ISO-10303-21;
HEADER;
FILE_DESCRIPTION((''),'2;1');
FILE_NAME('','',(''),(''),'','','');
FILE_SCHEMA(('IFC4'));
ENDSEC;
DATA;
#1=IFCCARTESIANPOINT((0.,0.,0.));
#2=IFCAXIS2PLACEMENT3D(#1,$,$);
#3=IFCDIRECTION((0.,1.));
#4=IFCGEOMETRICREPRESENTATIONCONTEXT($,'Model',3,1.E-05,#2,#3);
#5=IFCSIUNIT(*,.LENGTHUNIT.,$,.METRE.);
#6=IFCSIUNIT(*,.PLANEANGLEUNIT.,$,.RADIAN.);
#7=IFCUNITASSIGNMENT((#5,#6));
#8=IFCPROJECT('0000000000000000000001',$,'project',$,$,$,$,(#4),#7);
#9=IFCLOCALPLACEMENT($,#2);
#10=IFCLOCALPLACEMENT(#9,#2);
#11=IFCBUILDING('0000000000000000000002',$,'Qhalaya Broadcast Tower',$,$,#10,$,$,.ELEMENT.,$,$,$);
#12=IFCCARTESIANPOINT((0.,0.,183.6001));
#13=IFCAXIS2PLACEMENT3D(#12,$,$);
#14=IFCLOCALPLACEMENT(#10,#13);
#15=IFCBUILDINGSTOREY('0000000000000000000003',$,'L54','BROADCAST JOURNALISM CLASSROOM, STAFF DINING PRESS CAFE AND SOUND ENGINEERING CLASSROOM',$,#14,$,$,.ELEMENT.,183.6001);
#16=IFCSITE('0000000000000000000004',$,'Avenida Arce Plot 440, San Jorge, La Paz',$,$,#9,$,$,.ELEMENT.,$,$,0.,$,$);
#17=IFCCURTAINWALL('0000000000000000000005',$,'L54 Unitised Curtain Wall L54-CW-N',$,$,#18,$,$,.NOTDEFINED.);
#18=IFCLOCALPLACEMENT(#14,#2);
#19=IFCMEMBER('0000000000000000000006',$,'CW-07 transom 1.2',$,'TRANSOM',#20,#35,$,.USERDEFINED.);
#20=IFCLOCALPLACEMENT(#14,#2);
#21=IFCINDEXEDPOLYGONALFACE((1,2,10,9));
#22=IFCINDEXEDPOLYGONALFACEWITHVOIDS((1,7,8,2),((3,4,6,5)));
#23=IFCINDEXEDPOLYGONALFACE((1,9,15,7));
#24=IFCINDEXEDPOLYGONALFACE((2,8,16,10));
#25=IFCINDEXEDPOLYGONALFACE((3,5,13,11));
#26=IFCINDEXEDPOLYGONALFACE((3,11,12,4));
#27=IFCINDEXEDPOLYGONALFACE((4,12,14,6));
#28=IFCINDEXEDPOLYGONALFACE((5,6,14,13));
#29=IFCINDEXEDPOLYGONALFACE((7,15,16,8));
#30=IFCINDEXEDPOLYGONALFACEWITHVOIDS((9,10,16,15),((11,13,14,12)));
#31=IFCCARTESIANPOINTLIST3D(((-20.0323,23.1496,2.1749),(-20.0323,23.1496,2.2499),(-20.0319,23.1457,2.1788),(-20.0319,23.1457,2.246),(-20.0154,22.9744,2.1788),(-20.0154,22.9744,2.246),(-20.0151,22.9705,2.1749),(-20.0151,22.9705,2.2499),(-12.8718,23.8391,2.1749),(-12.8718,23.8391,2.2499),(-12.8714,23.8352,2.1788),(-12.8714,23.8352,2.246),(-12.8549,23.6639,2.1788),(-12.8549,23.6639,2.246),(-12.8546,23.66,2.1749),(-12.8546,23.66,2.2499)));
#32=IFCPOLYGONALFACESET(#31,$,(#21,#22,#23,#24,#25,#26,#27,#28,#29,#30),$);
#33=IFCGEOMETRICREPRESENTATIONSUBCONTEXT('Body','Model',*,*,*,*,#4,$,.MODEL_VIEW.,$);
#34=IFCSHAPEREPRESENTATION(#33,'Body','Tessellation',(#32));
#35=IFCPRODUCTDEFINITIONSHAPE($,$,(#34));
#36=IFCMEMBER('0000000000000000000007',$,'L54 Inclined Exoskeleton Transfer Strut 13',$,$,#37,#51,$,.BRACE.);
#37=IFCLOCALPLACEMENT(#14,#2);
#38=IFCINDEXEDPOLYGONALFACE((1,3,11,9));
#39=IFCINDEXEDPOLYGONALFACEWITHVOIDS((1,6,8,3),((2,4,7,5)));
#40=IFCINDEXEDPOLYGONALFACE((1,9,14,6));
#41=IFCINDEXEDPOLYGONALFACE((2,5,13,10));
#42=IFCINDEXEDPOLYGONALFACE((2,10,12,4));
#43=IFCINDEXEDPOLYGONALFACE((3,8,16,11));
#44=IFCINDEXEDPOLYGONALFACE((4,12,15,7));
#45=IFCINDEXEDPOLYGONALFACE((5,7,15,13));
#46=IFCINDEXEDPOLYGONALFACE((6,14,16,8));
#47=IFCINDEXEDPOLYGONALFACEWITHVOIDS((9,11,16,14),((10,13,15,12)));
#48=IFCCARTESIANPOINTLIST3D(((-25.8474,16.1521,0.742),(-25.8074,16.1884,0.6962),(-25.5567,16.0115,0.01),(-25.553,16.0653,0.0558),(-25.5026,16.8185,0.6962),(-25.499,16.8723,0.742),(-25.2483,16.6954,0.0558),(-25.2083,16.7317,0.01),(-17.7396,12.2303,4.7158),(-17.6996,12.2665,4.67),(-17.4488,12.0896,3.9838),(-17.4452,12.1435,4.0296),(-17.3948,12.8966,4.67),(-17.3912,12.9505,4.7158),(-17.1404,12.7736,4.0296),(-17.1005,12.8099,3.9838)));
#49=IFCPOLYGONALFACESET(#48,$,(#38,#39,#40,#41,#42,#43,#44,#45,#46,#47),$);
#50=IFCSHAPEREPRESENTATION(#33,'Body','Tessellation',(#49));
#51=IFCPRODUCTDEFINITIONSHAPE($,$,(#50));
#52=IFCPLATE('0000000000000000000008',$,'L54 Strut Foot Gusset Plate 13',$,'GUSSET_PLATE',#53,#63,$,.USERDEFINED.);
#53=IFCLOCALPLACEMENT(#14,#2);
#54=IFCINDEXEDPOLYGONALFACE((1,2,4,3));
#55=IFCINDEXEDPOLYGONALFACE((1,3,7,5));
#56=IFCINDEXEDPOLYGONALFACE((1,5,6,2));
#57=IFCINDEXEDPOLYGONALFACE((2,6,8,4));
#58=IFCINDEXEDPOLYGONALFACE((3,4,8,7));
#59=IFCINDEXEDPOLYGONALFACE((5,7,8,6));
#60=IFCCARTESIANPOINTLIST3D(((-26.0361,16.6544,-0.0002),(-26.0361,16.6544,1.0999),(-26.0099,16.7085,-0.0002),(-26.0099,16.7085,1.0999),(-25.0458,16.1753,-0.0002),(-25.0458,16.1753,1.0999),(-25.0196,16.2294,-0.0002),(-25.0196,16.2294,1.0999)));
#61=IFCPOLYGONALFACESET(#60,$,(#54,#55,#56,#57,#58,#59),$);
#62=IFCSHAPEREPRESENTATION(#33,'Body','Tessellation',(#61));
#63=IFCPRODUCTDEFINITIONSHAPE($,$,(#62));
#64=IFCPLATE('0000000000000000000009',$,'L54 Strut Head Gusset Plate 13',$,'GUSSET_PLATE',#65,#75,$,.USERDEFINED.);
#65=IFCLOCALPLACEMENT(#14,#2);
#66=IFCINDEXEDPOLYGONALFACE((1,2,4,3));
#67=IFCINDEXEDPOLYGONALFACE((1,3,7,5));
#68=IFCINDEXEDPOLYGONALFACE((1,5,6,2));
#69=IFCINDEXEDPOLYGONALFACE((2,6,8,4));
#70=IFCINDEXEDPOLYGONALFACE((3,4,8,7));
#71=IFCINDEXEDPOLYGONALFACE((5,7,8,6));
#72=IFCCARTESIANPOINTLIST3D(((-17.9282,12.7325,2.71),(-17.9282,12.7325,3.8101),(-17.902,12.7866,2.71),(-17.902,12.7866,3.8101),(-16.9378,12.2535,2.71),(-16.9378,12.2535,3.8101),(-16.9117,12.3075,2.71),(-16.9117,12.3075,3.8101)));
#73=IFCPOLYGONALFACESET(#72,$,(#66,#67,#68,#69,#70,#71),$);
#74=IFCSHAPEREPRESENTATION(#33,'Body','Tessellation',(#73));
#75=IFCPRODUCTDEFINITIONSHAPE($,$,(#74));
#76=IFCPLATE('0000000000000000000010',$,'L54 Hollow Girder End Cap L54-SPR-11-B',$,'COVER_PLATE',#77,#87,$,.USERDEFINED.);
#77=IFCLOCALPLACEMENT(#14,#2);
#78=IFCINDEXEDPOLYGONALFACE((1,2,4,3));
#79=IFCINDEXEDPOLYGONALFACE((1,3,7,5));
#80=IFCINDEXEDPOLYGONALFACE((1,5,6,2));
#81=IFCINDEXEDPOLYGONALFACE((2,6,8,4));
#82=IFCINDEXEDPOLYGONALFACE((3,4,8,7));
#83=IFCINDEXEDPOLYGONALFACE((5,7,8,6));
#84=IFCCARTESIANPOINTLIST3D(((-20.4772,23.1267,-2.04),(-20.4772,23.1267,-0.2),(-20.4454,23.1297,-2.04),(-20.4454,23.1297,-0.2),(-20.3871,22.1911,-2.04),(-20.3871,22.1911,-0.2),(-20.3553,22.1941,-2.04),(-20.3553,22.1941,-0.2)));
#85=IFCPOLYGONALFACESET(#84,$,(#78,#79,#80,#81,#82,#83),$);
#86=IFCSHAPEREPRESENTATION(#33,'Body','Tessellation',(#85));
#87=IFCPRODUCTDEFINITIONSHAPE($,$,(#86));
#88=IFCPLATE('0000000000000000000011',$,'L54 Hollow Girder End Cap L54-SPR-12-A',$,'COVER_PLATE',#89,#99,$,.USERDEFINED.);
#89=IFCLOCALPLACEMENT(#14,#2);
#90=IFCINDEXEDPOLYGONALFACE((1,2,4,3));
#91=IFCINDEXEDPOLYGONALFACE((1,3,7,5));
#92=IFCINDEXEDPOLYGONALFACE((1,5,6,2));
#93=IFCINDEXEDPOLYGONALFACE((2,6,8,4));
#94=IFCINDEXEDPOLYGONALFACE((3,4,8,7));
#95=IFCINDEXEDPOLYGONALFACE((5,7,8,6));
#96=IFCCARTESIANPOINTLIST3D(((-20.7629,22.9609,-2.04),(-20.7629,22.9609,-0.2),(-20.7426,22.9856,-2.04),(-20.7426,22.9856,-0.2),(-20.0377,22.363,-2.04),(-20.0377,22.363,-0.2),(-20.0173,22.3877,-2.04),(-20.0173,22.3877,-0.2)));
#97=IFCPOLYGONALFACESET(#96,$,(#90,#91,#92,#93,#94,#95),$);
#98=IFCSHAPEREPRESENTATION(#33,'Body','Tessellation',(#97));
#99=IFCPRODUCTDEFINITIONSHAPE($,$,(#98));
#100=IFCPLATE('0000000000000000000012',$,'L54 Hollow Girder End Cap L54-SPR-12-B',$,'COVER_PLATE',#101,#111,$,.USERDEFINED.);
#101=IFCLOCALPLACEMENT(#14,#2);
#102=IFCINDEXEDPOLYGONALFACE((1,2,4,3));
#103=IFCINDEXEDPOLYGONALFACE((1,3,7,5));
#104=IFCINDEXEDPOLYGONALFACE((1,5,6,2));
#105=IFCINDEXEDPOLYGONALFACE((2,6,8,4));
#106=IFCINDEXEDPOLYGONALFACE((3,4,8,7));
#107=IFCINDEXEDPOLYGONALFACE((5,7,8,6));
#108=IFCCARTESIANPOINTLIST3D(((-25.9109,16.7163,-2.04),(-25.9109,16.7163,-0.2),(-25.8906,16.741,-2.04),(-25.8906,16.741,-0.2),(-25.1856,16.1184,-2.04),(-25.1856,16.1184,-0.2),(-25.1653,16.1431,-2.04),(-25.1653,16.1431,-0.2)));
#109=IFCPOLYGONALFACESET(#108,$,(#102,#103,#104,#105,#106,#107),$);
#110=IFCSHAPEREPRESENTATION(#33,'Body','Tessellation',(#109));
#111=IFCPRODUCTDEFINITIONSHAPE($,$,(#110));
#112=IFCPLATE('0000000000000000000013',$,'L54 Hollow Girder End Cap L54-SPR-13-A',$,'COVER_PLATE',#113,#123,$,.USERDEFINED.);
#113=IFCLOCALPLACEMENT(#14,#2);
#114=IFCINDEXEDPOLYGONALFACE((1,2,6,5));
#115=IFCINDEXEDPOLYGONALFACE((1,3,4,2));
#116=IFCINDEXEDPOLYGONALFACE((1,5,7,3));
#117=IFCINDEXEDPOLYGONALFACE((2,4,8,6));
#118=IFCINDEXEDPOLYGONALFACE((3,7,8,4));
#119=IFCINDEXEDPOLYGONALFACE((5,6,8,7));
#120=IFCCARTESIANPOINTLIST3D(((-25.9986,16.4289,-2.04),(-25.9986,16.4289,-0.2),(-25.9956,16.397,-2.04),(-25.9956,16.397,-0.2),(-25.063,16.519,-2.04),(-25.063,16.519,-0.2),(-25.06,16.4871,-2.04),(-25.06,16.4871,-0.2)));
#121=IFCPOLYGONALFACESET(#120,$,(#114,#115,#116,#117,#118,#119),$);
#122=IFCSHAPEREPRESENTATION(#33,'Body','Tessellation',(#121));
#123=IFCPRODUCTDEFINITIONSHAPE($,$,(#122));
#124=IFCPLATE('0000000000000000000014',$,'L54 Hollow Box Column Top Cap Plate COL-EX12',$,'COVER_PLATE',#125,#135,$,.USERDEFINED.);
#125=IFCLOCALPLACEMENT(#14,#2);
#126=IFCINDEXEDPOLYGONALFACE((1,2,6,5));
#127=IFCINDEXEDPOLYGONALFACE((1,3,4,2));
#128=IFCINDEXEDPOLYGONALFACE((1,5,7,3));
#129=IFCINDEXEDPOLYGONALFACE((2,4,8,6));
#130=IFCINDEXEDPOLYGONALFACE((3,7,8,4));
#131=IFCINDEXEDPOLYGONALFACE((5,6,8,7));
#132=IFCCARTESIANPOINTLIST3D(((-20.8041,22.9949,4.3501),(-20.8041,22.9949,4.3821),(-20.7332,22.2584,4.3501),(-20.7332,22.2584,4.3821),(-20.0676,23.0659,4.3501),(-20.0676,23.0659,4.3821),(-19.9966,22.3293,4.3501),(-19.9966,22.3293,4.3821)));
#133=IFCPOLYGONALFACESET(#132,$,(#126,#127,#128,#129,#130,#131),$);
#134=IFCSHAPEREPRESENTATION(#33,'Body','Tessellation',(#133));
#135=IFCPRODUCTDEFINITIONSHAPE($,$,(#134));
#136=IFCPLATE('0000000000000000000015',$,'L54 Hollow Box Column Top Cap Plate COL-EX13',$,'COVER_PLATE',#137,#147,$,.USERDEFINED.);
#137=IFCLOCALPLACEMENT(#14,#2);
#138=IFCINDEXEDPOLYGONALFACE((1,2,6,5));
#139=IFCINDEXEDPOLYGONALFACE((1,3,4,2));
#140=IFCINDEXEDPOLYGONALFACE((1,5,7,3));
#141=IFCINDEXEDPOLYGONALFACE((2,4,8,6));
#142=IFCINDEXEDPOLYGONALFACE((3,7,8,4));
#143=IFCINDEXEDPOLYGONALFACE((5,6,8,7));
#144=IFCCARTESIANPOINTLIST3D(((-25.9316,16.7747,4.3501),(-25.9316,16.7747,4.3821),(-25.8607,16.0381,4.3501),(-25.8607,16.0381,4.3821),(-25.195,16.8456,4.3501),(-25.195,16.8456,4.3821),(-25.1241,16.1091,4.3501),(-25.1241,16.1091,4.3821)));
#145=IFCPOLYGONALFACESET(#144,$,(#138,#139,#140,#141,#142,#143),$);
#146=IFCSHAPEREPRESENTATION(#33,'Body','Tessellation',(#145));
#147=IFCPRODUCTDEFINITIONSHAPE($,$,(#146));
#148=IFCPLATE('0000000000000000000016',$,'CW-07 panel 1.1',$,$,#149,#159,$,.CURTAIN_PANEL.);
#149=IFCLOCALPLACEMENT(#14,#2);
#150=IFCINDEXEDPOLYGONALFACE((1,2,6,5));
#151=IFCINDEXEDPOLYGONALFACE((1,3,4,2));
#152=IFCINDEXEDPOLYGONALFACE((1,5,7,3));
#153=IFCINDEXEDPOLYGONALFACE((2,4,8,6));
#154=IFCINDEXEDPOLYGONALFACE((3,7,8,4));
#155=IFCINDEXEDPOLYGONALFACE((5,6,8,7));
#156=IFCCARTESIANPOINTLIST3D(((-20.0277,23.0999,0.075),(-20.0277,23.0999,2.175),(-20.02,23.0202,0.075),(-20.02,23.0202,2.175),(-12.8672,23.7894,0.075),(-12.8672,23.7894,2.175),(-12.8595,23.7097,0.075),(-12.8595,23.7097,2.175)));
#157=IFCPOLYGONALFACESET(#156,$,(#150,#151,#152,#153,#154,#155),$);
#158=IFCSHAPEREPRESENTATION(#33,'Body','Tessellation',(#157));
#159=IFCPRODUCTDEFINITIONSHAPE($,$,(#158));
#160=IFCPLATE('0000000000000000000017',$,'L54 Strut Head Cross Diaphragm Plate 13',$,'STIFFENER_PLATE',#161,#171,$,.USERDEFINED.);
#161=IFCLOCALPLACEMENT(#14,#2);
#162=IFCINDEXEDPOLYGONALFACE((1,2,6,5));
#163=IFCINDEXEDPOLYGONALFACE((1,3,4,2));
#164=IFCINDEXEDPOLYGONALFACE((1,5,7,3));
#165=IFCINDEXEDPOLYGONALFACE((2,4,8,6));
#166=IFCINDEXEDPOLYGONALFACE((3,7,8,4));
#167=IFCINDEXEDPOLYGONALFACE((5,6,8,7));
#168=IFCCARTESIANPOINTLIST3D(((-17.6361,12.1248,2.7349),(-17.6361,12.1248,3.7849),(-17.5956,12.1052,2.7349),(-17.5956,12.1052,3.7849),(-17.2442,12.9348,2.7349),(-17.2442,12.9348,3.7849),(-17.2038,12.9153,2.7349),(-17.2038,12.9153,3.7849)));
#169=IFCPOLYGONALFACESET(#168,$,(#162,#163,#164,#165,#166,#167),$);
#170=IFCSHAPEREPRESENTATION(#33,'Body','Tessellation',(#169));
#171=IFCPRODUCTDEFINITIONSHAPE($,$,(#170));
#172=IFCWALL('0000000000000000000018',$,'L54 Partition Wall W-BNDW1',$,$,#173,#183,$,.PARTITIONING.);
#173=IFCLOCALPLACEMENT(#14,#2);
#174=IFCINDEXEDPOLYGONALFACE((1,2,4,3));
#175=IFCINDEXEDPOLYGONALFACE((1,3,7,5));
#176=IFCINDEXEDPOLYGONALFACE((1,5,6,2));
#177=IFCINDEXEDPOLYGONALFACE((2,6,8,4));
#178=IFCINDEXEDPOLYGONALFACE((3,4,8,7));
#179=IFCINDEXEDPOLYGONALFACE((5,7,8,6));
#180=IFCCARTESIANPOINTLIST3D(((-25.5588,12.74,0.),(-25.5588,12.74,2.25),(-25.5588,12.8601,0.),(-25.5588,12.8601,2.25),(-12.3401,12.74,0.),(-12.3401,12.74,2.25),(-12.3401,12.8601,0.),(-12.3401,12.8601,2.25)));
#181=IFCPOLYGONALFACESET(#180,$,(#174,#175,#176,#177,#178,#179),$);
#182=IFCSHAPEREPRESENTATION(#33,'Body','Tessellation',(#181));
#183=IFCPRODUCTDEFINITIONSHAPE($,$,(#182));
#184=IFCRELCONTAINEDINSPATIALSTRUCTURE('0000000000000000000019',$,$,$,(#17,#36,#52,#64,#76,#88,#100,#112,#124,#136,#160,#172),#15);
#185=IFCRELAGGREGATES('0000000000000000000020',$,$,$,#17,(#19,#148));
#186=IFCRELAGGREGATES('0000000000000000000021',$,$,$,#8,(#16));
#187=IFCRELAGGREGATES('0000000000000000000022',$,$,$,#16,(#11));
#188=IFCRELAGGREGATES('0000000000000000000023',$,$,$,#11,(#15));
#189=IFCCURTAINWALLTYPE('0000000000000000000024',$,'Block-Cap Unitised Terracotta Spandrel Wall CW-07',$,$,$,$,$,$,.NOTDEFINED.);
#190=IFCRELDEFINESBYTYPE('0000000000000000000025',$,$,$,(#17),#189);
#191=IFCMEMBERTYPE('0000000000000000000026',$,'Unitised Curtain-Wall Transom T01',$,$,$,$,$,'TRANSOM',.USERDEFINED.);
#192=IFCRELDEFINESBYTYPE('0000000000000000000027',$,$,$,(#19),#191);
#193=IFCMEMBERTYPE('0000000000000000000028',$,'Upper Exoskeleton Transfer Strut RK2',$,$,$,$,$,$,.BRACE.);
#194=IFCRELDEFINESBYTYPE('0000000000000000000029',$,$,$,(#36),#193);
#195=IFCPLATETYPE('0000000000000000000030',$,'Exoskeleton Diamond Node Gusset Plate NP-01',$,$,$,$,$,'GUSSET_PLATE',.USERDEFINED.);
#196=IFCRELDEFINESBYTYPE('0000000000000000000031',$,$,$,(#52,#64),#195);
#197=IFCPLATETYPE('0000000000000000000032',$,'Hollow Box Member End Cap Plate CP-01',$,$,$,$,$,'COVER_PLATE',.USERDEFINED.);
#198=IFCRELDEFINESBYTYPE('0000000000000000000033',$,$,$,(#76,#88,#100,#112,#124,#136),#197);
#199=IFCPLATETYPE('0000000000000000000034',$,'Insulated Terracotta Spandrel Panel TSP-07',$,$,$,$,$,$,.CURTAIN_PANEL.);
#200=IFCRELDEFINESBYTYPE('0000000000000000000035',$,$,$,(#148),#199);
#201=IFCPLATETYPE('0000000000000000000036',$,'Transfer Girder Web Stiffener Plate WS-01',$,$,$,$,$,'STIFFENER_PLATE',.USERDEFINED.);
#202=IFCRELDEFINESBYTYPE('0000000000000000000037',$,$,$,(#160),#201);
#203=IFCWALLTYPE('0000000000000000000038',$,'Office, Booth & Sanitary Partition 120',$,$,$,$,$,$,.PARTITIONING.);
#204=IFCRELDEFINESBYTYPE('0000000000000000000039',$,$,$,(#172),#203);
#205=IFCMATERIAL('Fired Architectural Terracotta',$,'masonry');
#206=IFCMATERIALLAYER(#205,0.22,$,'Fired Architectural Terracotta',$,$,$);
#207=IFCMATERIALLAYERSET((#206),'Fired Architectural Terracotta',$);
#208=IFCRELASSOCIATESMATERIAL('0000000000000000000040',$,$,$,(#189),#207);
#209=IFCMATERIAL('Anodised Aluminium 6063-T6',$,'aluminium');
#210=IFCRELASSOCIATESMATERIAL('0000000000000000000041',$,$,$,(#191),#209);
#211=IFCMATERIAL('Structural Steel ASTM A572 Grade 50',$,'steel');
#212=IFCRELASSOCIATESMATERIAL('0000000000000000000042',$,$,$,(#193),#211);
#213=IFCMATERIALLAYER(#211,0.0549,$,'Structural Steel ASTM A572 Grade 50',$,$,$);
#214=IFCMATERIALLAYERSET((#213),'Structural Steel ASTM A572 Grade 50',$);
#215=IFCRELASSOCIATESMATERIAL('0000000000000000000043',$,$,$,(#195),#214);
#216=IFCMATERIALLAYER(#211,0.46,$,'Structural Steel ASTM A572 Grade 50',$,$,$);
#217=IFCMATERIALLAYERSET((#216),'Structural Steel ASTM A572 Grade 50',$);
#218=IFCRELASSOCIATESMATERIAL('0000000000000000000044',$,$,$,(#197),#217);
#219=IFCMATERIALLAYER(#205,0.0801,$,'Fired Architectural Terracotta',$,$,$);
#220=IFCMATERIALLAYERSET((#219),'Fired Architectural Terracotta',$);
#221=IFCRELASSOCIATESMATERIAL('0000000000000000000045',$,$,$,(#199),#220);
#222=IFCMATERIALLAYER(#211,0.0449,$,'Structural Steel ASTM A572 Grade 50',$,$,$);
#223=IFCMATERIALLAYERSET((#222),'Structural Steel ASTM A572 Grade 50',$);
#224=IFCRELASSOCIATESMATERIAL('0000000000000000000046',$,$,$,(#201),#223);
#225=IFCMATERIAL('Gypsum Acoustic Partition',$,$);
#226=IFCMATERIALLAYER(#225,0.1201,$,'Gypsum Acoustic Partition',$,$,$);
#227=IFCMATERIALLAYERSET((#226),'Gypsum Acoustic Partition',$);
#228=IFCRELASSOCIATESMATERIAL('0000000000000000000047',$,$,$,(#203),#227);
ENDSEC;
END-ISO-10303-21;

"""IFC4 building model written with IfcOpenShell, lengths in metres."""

from ifc_helpers import new_model, si_unit, direction, frame, frame_2d, origin, origin_2d, place, context, subcontext, project, spatial, rectangle, hollow_rectangle, extrude, material, layer, layer_set, material_profile, profile_set, type_object, element, aggregate, save


model = new_model("IFC4")

# Units and contexts
model_context = context("Model", 3, precision=1e-05, world=origin(), true_north=direction((0.0, 1.0)))
body_context = subcontext(model_context, "Body", "Model", "MODEL_VIEW")
ifc_project = project(units=[si_unit("LENGTHUNIT", "METRE"), si_unit("PLANEANGLEUNIT", "RADIAN")], contexts=[model_context])

# Site, building, storey
site_placement = place(None, origin())
site = spatial("IfcSite", under=ifc_project, at=site_placement, Name="Avenida Arce Plot 440, San Jorge, La Paz", CompositionType="ELEMENT", RefElevation=0.0)
building_placement = place(site_placement, origin())
building = spatial("IfcBuilding", under=site, at=building_placement, Name="Qhalaya Broadcast Tower", CompositionType="ELEMENT")
storey_placement = place(building_placement, frame((0.0, 0.0, 183.6001)))
storey = spatial("IfcBuildingStorey", under=building, at=storey_placement, Name="L54", Description="BROADCAST JOURNALISM CLASSROOM, STAFF DINING PRESS CAFE AND SOUND ENGINEERING CLASSROOM", CompositionType="ELEMENT", Elevation=183.6001)

# Shared definitions
ifc_material_1 = material(Name="Structural Steel ASTM A572 Grade 50", Category="steel")

# Curtain wall
ifc_material_2 = material(Name="Fired Architectural Terracotta", Category="masonry")
ifc_layer_1 = layer(ifc_material_2, 0.22, Name="Fired Architectural Terracotta")
ifc_layer_set_1 = layer_set([ifc_layer_1], Name="Fired Architectural Terracotta")
curtain_wall_type = type_object("IfcCurtainWallType", Name="Block-Cap Unitised Terracotta Spandrel Wall CW-07", PredefinedType="NOTDEFINED", material=ifc_layer_set_1)
curtain_wall_1_placement = place(storey_placement, origin())
curtain_wall_1 = element("IfcCurtainWall", 1, at=curtain_wall_1_placement, inside=storey, type_object=curtain_wall_type, Name="L54 Unitised Curtain Wall L54-CW-N", PredefinedType="NOTDEFINED")
ifc_material_3 = material(Name="Anodised Aluminium 6063-T6", Category="aluminium")

# Members
ifc_material_profile_1 = material_profile(ifc_material_3, hollow_rectangle(XDim=0.075, YDim=0.1799, WallThickness=0.0039, at=origin_2d()), Name="ALU-TRN 75x180x4")
ifc_profile_set_1 = profile_set([ifc_material_profile_1], Name="Anodised Aluminium 6063-T6")
member_type_1 = type_object("IfcMemberType", Name="Unitised Curtain-Wall Transom T01", ElementType="TRANSOM", PredefinedType="USERDEFINED", material=ifc_profile_set_1)
member_1_placement = place(storey_placement, frame((-20.0237, 23.0601, 2.2124), z_axis=(0.995396, 0.095844, 0.0), x_axis=(0.0, 0.0, 1.0)))
member_1 = element("IfcMember", 2, at=member_1_placement, type_object=member_type_1, Name="CW-07 transom 1.2", ObjectType="TRANSOM", PredefinedType="USERDEFINED", context=body_context, shape_type="SweptSolid", body=[
    extrude(hollow_rectangle(XDim=0.075, YDim=0.1799, WallThickness=0.0039, at=origin_2d()), origin(), (0.0, 0.0, 1.0), 7.1936),
])
ifc_material_profile_2 = material_profile(ifc_material_1, hollow_rectangle(XDim=0.8, YDim=0.8, WallThickness=0.05, at=origin_2d()), Name="BOX 800x800x50")
ifc_profile_set_2 = profile_set([ifc_material_profile_2], Name="Structural Steel ASTM A572 Grade 50")
member_type_2 = type_object("IfcMemberType", Name="Upper Exoskeleton Transfer Strut RK2", PredefinedType="BRACE", material=ifc_profile_set_2)
member_2_placement = place(storey_placement, frame((-25.5278, 16.4419, 0.376), z_axis=(0.823611, -0.398389, 0.403671), x_axis=(0.435443, 0.900216, 0.0)))
element("IfcMember", 3, at=member_2_placement, inside=storey, type_object=member_type_2, Name="L54 Inclined Exoskeleton Transfer Strut 13", PredefinedType="BRACE", context=body_context, shape_type="SweptSolid", body=[
    extrude(hollow_rectangle(XDim=0.8, YDim=0.8, WallThickness=0.05, at=origin_2d()), origin(), (0.0, 0.0, 1.0), 9.8442),
])

# Plates
ifc_layer_2 = layer(ifc_material_1, 0.0549, Name="Structural Steel ASTM A572 Grade 50")
ifc_layer_set_2 = layer_set([ifc_layer_2], Name="Structural Steel ASTM A572 Grade 50")
plate_type_1 = type_object("IfcPlateType", Name="Exoskeleton Diamond Node Gusset Plate NP-01", ElementType="GUSSET_PLATE", PredefinedType="USERDEFINED", material=ifc_layer_set_2)
for number, where, z_axis, x_axis, name in (
    (4, (-25.5278, 16.4419, -0.0002), (0.0, 0.0, 1.0), (0.900205, -0.435467, 0.0), "L54 Strut Foot Gusset Plate 13"),
    (5, (-17.4199, 12.52, 2.71), (0.0, 0.0, 1.0), (0.900205, -0.435467, 0.0), "L54 Strut Head Gusset Plate 13"),
):
    element("IfcPlate", number, at=place(storey_placement, frame(where, z_axis=z_axis, x_axis=x_axis)), inside=storey, type_object=plate_type_1, Name=name, ObjectType="GUSSET_PLATE", PredefinedType="USERDEFINED", context=body_context, shape_type="SweptSolid", body=[
        extrude(rectangle(XDim=1.1001, YDim=0.0601, at=origin_2d()), origin(), (0.0, 0.0, 1.0), 1.1001),
    ])
ifc_layer_3 = layer(ifc_material_1, 0.46, Name="Structural Steel ASTM A572 Grade 50")
ifc_layer_set_3 = layer_set([ifc_layer_3], Name="Structural Steel ASTM A572 Grade 50")
plate_type_2 = type_object("IfcPlateType", Name="Hollow Box Member End Cap Plate CP-01", ElementType="COVER_PLATE", PredefinedType="USERDEFINED", material=ifc_layer_set_3)
for number, where, z_axis, x_axis, name in (
    (6, (-20.4163, 22.6604, -2.04), (0.0, 0.0, 1.0), (0.095846, -0.995396, 0.0), "L54 Hollow Girder End Cap L54-SPR-11-B"),
    (7, (-20.3901, 22.6743, -2.04), (0.0, 0.0, 1.0), (0.771625, -0.636078, 0.0), "L54 Hollow Girder End Cap L54-SPR-12-A"),
    (8, (-25.5381, 16.4297, -2.04), (0.0, 0.0, 1.0), (0.771625, -0.636078, 0.0), "L54 Hollow Girder End Cap L54-SPR-12-B"),
    (9, (-25.5293, 16.458, -2.04), (0.0, 0.0, 1.0), (0.995396, 0.095846, 0.0), "L54 Hollow Girder End Cap L54-SPR-13-A"),
):
    element("IfcPlate", number, at=place(storey_placement, frame(where, z_axis=z_axis, x_axis=x_axis)), inside=storey, type_object=plate_type_2, Name=name, ObjectType="COVER_PLATE", PredefinedType="USERDEFINED", context=body_context, shape_type="SweptSolid", body=[
        extrude(rectangle(XDim=0.9399, YDim=0.032, at=origin_2d()), origin(), (0.0, 0.0, 1.0), 1.8401),
    ])
for number, where, z_axis, x_axis, name in (
    (10, (-20.4004, 22.6621, 4.3501), (0.0, 0.0, 1.0), (0.995396, 0.095846, 0.0), "L54 Hollow Box Column Top Cap Plate COL-EX12"),
    (11, (-25.5278, 16.4419, 4.3501), (0.0, 0.0, 1.0), (-0.095846, 0.995396, 0.0), "L54 Hollow Box Column Top Cap Plate COL-EX13"),
):
    element("IfcPlate", number, at=place(storey_placement, frame(where, z_axis=z_axis, x_axis=x_axis)), inside=storey, type_object=plate_type_2, Name=name, ObjectType="COVER_PLATE", PredefinedType="USERDEFINED", context=body_context, shape_type="SweptSolid", body=[
        extrude(rectangle(XDim=0.74, YDim=0.74, at=origin_2d()), origin(), (0.0, 0.0, 1.0), 0.032),
    ])

# Plates
ifc_layer_4 = layer(ifc_material_2, 0.0801, Name="Fired Architectural Terracotta")
ifc_layer_set_4 = layer_set([ifc_layer_4], Name="Fired Architectural Terracotta")
plate_type_3 = type_object("IfcPlateType", Name="Insulated Terracotta Spandrel Panel TSP-07", PredefinedType="CURTAIN_PANEL", material=ifc_layer_set_4)
plate_1_placement = place(storey_placement, frame((-16.4436, 23.4048, 0.075), z_axis=(0.0, 0.0, 1.0), x_axis=(0.995396, 0.095846, 0.0)))
plate_1 = element("IfcPlate", 12, at=plate_1_placement, type_object=plate_type_3, Name="CW-07 panel 1.1", PredefinedType="CURTAIN_PANEL", context=body_context, shape_type="SweptSolid", body=[
    extrude(rectangle(XDim=7.1936, YDim=0.0801, at=origin_2d()), origin(), (0.0, 0.0, 1.0), 2.1001),
])
aggregate(curtain_wall_1, [member_1, plate_1])
ifc_layer_5 = layer(ifc_material_1, 0.0449, Name="Structural Steel ASTM A572 Grade 50")
ifc_layer_set_5 = layer_set([ifc_layer_5], Name="Structural Steel ASTM A572 Grade 50")
plate_type_4 = type_object("IfcPlateType", Name="Transfer Girder Web Stiffener Plate WS-01", ElementType="STIFFENER_PLATE", PredefinedType="USERDEFINED", material=ifc_layer_set_5)
plate_2_placement = place(storey_placement, frame((-17.4199, 12.52, 2.7349), z_axis=(0.0, 0.0, 1.0), x_axis=(0.435467, 0.900205, 0.0)))
element("IfcPlate", 13, at=plate_2_placement, inside=storey, type_object=plate_type_4, Name="L54 Strut Head Cross Diaphragm Plate 13", ObjectType="STIFFENER_PLATE", PredefinedType="USERDEFINED", context=body_context, shape_type="SweptSolid", body=[
    extrude(rectangle(XDim=0.8999, YDim=0.0449, at=origin_2d()), origin(), (0.0, 0.0, 1.0), 1.05),
])

# Wall
ifc_material_4 = material(Name="Gypsum Acoustic Partition")
ifc_layer_6 = layer(ifc_material_4, 0.1201, Name="Gypsum Acoustic Partition")
ifc_layer_set_6 = layer_set([ifc_layer_6], Name="Gypsum Acoustic Partition")
wall_type = type_object("IfcWallType", Name="Office, Booth & Sanitary Partition 120", PredefinedType="PARTITIONING", material=ifc_layer_set_6)
wall_placement = place(storey_placement, frame((-25.5588, 12.8, 0.0), z_axis=(0.0, 0.0, 1.0), x_axis=(1.0, 0.0, 0.0)))
element("IfcWall", 14, at=wall_placement, inside=storey, type_object=wall_type, Name="L54 Partition Wall W-BNDW1", PredefinedType="PARTITIONING", context=body_context, shape_type="SweptSolid", body=[
    extrude(rectangle(XDim=13.2188, YDim=0.1201, at=frame_2d((6.6094, 0.0))), origin(), (0.0, 0.0, 1.0), 2.25),
])

save(model, "model.ifc")
